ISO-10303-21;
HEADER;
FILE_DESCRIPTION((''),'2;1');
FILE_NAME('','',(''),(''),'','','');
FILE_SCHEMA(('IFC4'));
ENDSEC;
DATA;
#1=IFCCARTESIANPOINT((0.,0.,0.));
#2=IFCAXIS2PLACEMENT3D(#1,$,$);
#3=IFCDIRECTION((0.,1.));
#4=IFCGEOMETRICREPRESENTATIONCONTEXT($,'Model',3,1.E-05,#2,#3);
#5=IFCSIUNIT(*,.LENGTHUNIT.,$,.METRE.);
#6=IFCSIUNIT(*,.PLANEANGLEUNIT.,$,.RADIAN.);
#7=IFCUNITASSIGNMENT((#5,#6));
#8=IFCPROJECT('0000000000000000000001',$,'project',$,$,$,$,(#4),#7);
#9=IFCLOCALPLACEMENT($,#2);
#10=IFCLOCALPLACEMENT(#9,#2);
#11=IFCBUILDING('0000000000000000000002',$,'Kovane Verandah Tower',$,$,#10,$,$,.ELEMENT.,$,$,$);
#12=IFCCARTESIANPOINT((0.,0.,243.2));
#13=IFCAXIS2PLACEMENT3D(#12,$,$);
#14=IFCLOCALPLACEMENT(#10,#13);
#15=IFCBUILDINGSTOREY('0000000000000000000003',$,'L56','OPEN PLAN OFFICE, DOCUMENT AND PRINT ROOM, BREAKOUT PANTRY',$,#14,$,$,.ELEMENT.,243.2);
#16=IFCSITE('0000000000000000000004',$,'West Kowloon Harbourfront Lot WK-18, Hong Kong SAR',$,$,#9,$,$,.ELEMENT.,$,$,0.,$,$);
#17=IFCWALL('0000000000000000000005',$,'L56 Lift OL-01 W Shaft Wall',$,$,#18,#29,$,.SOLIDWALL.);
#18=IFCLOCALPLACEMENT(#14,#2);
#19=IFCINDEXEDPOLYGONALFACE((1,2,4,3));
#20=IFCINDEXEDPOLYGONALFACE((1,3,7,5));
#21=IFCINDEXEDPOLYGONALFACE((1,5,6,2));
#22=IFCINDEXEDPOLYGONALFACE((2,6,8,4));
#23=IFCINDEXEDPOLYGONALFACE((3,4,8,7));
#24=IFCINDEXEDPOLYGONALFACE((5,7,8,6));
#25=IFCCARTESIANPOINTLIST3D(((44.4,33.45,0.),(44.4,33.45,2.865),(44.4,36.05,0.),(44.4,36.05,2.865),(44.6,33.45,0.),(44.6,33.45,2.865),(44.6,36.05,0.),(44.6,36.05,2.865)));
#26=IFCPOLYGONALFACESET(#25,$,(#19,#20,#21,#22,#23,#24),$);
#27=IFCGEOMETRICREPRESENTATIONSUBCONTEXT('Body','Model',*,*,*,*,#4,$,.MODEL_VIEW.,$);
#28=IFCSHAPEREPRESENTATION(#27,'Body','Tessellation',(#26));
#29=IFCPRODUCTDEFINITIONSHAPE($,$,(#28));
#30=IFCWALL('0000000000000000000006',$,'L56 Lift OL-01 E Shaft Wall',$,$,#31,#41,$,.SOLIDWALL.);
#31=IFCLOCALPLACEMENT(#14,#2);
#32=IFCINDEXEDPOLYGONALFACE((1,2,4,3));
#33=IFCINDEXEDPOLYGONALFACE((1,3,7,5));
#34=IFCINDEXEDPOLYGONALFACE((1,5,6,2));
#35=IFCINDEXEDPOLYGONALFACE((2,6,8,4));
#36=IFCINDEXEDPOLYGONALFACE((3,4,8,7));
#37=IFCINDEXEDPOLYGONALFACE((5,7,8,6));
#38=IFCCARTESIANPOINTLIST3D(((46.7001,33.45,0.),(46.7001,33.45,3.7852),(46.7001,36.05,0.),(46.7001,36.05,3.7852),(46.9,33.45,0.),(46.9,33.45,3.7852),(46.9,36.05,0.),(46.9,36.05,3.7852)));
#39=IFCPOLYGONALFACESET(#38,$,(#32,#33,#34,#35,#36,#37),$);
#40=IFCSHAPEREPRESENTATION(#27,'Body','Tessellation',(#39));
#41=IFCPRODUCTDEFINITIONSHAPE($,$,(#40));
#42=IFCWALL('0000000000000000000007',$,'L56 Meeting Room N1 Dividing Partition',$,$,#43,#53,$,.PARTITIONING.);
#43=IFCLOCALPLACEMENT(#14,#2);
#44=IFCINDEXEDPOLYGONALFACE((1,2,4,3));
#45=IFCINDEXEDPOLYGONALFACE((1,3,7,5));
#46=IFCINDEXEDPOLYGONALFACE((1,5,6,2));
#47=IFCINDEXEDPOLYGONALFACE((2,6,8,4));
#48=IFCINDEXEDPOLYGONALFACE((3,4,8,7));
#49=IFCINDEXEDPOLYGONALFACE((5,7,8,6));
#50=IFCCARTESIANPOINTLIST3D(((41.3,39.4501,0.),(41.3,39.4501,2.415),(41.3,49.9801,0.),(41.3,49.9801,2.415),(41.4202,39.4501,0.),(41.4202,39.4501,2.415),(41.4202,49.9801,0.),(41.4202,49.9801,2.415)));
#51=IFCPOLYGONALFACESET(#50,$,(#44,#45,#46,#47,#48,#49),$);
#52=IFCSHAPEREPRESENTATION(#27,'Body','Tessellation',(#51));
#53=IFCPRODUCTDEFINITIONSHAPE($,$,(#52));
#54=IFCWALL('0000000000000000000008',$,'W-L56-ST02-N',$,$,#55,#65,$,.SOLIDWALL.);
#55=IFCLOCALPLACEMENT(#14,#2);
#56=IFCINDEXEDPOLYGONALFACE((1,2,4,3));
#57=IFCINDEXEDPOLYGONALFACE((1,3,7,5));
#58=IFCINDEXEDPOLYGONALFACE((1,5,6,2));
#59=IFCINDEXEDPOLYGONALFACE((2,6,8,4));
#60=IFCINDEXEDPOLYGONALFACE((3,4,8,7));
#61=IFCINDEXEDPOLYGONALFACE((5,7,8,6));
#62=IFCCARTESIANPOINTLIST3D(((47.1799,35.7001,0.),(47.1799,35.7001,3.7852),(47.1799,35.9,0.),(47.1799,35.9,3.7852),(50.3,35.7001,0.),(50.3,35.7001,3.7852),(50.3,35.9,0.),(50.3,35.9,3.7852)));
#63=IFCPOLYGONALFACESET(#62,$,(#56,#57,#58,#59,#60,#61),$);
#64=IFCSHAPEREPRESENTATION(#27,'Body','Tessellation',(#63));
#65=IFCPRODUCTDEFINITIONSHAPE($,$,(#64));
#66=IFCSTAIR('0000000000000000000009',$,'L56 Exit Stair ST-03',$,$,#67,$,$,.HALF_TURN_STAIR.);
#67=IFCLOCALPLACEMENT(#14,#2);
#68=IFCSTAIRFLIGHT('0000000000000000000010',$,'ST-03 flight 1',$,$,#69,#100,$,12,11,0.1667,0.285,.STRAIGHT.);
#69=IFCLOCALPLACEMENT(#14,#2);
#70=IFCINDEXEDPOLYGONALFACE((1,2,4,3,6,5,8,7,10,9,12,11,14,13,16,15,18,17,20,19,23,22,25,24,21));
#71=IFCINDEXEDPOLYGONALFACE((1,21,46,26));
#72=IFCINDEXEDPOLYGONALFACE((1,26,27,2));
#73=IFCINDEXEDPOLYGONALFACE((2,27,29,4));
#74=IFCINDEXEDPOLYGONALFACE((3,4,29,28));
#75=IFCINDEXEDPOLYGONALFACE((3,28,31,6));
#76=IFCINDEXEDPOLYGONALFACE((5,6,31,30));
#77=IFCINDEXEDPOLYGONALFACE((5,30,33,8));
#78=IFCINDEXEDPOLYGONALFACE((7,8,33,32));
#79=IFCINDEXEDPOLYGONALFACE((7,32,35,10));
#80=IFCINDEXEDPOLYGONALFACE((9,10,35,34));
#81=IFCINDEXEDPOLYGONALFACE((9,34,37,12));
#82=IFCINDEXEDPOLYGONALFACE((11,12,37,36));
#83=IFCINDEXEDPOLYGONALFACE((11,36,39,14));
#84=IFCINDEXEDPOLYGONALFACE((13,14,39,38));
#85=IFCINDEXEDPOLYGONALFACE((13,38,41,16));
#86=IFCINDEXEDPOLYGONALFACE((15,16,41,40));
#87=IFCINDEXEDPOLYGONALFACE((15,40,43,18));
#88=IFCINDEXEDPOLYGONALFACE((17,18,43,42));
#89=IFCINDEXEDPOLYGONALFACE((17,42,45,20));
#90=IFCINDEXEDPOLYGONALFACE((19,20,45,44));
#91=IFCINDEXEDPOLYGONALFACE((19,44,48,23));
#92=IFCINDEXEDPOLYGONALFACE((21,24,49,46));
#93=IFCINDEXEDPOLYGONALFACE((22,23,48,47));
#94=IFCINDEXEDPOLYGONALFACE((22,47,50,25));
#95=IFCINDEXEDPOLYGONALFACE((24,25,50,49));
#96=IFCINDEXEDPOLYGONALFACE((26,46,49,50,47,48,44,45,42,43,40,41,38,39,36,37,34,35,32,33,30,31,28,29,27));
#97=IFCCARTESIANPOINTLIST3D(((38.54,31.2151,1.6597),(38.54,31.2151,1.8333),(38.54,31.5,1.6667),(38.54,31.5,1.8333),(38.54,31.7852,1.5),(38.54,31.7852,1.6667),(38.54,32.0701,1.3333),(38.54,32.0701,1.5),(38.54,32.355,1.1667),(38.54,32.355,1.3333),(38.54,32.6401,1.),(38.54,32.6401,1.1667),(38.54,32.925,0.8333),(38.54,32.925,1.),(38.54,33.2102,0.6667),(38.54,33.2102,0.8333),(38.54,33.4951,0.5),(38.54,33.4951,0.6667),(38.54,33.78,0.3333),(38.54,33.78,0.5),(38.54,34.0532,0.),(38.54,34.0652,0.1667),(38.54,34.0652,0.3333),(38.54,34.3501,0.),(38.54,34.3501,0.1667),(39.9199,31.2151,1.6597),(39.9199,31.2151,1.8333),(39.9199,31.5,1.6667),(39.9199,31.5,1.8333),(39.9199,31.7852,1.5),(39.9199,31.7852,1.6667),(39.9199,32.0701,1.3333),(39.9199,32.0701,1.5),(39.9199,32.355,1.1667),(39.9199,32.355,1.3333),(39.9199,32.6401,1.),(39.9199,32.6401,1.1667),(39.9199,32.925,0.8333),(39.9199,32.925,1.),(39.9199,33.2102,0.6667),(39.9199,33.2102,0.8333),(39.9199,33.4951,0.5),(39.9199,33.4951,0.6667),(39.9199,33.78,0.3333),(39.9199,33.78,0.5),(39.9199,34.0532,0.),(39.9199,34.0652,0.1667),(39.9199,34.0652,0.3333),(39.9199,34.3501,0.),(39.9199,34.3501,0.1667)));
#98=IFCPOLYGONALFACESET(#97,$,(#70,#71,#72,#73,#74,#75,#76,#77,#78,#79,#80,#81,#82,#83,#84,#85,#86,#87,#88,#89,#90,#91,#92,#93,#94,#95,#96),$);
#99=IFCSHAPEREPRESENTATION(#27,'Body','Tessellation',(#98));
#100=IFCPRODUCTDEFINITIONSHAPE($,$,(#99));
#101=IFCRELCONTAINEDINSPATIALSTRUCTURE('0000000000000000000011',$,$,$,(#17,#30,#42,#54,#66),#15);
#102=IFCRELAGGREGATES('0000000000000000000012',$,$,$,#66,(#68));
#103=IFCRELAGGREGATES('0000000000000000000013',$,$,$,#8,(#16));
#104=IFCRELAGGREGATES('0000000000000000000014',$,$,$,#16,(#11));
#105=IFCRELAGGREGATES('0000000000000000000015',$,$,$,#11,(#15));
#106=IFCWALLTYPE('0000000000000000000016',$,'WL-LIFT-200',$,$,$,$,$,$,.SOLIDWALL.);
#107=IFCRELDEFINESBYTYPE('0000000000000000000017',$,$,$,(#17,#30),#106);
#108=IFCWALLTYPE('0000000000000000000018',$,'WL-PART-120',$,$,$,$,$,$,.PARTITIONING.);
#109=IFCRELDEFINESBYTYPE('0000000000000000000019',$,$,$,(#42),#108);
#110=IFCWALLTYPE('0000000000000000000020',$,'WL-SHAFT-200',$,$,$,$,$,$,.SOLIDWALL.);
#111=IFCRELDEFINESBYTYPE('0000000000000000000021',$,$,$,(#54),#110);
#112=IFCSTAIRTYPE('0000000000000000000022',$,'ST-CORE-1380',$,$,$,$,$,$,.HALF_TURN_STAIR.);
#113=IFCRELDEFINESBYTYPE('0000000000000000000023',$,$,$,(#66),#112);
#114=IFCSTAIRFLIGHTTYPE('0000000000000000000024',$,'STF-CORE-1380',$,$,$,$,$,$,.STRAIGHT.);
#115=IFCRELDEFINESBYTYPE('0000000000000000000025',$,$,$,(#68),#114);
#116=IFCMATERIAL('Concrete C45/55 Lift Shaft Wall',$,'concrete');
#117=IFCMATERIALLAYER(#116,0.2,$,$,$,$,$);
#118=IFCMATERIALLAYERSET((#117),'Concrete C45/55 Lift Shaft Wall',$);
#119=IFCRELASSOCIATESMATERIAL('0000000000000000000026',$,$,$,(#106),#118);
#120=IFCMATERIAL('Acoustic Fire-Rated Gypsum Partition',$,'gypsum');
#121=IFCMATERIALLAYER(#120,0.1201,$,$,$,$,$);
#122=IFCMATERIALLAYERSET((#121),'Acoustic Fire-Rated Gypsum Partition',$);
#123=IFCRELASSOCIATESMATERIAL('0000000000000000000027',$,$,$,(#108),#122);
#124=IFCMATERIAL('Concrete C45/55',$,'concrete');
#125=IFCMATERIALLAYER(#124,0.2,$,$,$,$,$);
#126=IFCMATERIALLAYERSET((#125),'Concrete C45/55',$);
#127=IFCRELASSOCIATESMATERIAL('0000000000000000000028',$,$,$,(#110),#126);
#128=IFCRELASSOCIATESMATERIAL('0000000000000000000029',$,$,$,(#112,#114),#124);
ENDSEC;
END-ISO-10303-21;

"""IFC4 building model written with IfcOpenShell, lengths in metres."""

from ifc_helpers import new_model, si_unit, direction, frame, frame_2d, origin, place, context, subcontext, project, spatial, polyline, rectangle, outline, extrude, material, layer, layer_set, type_object, element, aggregate, save


model = new_model("IFC4")

# Units and contexts
model_context = context("Model", 3, precision=1e-05, world=origin(), true_north=direction((0.0, 1.0)))
body_context = subcontext(model_context, "Body", "Model", "MODEL_VIEW")
ifc_project = project(units=[si_unit("LENGTHUNIT", "METRE"), si_unit("PLANEANGLEUNIT", "RADIAN")], contexts=[model_context])

# Site, building, storey
site_placement = place(None, origin())
site = spatial("IfcSite", under=ifc_project, at=site_placement, Name="West Kowloon Harbourfront Lot WK-18, Hong Kong SAR", CompositionType="ELEMENT", RefElevation=0.0)
building_placement = place(site_placement, origin())
building = spatial("IfcBuilding", under=site, at=building_placement, Name="Kovane Verandah Tower", CompositionType="ELEMENT")
storey_placement = place(building_placement, frame((0.0, 0.0, 243.2)))
storey = spatial("IfcBuildingStorey", under=building, at=storey_placement, Name="L56", Description="OPEN PLAN OFFICE, DOCUMENT AND PRINT ROOM, BREAKOUT PANTRY", CompositionType="ELEMENT", Elevation=243.2)

# Walls
ifc_material_1 = material(Name="Concrete C45/55 Lift Shaft Wall", Category="concrete")
ifc_layer_1 = layer(ifc_material_1, 0.2)
ifc_layer_set_1 = layer_set([ifc_layer_1], Name="Concrete C45/55 Lift Shaft Wall")
wall_type_1 = type_object("IfcWallType", Name="WL-LIFT-200", PredefinedType="SOLIDWALL", material=ifc_layer_set_1)
wall_1_placement = place(storey_placement, frame((44.5, 36.05, 0.0), z_axis=(0.0, 0.0, 1.0), x_axis=(0.0, -1.0, 0.0)))
element("IfcWall", 1, at=wall_1_placement, inside=storey, type_object=wall_type_1, Name="L56 Lift OL-01 W Shaft Wall", PredefinedType="SOLIDWALL", context=body_context, shape_type="SweptSolid", body=[
    extrude(rectangle(XDim=2.6001, YDim=0.2, at=frame_2d((1.3, 0.0))), origin(), (0.0, 0.0, 1.0), 2.865),
])
wall_2_placement = place(storey_placement, frame((46.8, 33.45, 0.0), z_axis=(0.0, 0.0, 1.0), x_axis=(0.0, 1.0, 0.0)))
element("IfcWall", 2, at=wall_2_placement, inside=storey, type_object=wall_type_1, Name="L56 Lift OL-01 E Shaft Wall", PredefinedType="SOLIDWALL", context=body_context, shape_type="SweptSolid", body=[
    extrude(rectangle(XDim=2.6001, YDim=0.2, at=frame_2d((1.3, 0.0))), origin(), (0.0, 0.0, 1.0), 3.7852),
])
ifc_material_2 = material(Name="Acoustic Fire-Rated Gypsum Partition", Category="gypsum")
ifc_layer_2 = layer(ifc_material_2, 0.1201)
ifc_layer_set_2 = layer_set([ifc_layer_2], Name="Acoustic Fire-Rated Gypsum Partition")
wall_type_2 = type_object("IfcWallType", Name="WL-PART-120", PredefinedType="PARTITIONING", material=ifc_layer_set_2)
wall_3_placement = place(storey_placement, frame((41.3601, 39.45, 0.0), z_axis=(0.0, 0.0, 1.0), x_axis=(0.0, 1.0, 0.0)))
element("IfcWall", 3, at=wall_3_placement, inside=storey, type_object=wall_type_2, Name="L56 Meeting Room N1 Dividing Partition", PredefinedType="PARTITIONING", context=body_context, shape_type="SweptSolid", body=[
    extrude(rectangle(XDim=10.53, YDim=0.1201, at=frame_2d((5.2651, 0.0))), origin(), (0.0, 0.0, 1.0), 2.415),
])
ifc_material_3 = material(Name="Concrete C45/55", Category="concrete")
ifc_layer_3 = layer(ifc_material_3, 0.2)
ifc_layer_set_3 = layer_set([ifc_layer_3], Name="Concrete C45/55")
wall_type_3 = type_object("IfcWallType", Name="WL-SHAFT-200", PredefinedType="SOLIDWALL", material=ifc_layer_set_3)
wall_4_placement = place(storey_placement, frame((47.1799, 35.8, 0.0), z_axis=(0.0, 0.0, 1.0), x_axis=(1.0, 0.0, 0.0)))
element("IfcWall", 4, at=wall_4_placement, inside=storey, type_object=wall_type_3, Name="W-L56-ST02-N", PredefinedType="SOLIDWALL", context=body_context, shape_type="SweptSolid", body=[
    extrude(rectangle(XDim=3.1201, YDim=0.2, at=frame_2d((1.5601, 0.0))), origin(), (0.0, 0.0, 1.0), 3.7852),
])

# Stair, stair flight
stair_type = type_object("IfcStairType", Name="ST-CORE-1380", PredefinedType="HALF_TURN_STAIR", material=ifc_material_3)
stair_placement = place(storey_placement, origin())
stair = element("IfcStair", 5, at=stair_placement, inside=storey, type_object=stair_type, Name="L56 Exit Stair ST-03", PredefinedType="HALF_TURN_STAIR")
stair_flight_type = type_object("IfcStairFlightType", Name="STF-CORE-1380", PredefinedType="STRAIGHT", material=ifc_material_3)
stair_flight_placement = place(storey_placement, frame((39.23, 34.3501, 0.0), z_axis=(0.0, 0.0, 1.0), x_axis=(0.0, -1.0, 0.0)))
stair_flight = element("IfcStairFlight", 6, at=stair_flight_placement, type_object=stair_flight_type, Name="ST-03 flight 1", NumberOfRisers=12, NumberOfTreads=11, PredefinedType="STRAIGHT", RiserHeight=0.1667, TreadLength=0.285, context=body_context, shape_type="SweptSolid", body=[
    extrude(outline(polyline([(0.0, 0.0), (0.0, 0.1667), (0.2849, 0.1667), (0.2849, 0.3333), (0.5701, 0.3333), (0.5701, 0.5), (0.855, 0.5), (0.855, 0.6667), (1.1399, 0.6667), (1.1399, 0.8333), (1.425, 0.8333), (1.425, 1.0), (1.71, 1.0), (1.71, 1.1667), (1.9951, 1.1667), (1.9951, 1.3333), (2.28, 1.3333), (2.28, 1.5), (2.5649, 1.5), (2.5649, 1.6667), (2.8501, 1.6667), (2.8501, 1.8333), (3.135, 1.8333), (3.135, 2.0), (3.135, 1.6597), (0.2969, 0.0), (0.0, 0.0)])), frame((0.0, 0.6899, 0.0), z_axis=(0.0, -1.0, 0.0), x_axis=(1.0, 0.0, 0.0)), (0.0, 0.0, 1.0), 1.3799),
])
aggregate(stair, [stair_flight])

save(model, "model.ifc")
